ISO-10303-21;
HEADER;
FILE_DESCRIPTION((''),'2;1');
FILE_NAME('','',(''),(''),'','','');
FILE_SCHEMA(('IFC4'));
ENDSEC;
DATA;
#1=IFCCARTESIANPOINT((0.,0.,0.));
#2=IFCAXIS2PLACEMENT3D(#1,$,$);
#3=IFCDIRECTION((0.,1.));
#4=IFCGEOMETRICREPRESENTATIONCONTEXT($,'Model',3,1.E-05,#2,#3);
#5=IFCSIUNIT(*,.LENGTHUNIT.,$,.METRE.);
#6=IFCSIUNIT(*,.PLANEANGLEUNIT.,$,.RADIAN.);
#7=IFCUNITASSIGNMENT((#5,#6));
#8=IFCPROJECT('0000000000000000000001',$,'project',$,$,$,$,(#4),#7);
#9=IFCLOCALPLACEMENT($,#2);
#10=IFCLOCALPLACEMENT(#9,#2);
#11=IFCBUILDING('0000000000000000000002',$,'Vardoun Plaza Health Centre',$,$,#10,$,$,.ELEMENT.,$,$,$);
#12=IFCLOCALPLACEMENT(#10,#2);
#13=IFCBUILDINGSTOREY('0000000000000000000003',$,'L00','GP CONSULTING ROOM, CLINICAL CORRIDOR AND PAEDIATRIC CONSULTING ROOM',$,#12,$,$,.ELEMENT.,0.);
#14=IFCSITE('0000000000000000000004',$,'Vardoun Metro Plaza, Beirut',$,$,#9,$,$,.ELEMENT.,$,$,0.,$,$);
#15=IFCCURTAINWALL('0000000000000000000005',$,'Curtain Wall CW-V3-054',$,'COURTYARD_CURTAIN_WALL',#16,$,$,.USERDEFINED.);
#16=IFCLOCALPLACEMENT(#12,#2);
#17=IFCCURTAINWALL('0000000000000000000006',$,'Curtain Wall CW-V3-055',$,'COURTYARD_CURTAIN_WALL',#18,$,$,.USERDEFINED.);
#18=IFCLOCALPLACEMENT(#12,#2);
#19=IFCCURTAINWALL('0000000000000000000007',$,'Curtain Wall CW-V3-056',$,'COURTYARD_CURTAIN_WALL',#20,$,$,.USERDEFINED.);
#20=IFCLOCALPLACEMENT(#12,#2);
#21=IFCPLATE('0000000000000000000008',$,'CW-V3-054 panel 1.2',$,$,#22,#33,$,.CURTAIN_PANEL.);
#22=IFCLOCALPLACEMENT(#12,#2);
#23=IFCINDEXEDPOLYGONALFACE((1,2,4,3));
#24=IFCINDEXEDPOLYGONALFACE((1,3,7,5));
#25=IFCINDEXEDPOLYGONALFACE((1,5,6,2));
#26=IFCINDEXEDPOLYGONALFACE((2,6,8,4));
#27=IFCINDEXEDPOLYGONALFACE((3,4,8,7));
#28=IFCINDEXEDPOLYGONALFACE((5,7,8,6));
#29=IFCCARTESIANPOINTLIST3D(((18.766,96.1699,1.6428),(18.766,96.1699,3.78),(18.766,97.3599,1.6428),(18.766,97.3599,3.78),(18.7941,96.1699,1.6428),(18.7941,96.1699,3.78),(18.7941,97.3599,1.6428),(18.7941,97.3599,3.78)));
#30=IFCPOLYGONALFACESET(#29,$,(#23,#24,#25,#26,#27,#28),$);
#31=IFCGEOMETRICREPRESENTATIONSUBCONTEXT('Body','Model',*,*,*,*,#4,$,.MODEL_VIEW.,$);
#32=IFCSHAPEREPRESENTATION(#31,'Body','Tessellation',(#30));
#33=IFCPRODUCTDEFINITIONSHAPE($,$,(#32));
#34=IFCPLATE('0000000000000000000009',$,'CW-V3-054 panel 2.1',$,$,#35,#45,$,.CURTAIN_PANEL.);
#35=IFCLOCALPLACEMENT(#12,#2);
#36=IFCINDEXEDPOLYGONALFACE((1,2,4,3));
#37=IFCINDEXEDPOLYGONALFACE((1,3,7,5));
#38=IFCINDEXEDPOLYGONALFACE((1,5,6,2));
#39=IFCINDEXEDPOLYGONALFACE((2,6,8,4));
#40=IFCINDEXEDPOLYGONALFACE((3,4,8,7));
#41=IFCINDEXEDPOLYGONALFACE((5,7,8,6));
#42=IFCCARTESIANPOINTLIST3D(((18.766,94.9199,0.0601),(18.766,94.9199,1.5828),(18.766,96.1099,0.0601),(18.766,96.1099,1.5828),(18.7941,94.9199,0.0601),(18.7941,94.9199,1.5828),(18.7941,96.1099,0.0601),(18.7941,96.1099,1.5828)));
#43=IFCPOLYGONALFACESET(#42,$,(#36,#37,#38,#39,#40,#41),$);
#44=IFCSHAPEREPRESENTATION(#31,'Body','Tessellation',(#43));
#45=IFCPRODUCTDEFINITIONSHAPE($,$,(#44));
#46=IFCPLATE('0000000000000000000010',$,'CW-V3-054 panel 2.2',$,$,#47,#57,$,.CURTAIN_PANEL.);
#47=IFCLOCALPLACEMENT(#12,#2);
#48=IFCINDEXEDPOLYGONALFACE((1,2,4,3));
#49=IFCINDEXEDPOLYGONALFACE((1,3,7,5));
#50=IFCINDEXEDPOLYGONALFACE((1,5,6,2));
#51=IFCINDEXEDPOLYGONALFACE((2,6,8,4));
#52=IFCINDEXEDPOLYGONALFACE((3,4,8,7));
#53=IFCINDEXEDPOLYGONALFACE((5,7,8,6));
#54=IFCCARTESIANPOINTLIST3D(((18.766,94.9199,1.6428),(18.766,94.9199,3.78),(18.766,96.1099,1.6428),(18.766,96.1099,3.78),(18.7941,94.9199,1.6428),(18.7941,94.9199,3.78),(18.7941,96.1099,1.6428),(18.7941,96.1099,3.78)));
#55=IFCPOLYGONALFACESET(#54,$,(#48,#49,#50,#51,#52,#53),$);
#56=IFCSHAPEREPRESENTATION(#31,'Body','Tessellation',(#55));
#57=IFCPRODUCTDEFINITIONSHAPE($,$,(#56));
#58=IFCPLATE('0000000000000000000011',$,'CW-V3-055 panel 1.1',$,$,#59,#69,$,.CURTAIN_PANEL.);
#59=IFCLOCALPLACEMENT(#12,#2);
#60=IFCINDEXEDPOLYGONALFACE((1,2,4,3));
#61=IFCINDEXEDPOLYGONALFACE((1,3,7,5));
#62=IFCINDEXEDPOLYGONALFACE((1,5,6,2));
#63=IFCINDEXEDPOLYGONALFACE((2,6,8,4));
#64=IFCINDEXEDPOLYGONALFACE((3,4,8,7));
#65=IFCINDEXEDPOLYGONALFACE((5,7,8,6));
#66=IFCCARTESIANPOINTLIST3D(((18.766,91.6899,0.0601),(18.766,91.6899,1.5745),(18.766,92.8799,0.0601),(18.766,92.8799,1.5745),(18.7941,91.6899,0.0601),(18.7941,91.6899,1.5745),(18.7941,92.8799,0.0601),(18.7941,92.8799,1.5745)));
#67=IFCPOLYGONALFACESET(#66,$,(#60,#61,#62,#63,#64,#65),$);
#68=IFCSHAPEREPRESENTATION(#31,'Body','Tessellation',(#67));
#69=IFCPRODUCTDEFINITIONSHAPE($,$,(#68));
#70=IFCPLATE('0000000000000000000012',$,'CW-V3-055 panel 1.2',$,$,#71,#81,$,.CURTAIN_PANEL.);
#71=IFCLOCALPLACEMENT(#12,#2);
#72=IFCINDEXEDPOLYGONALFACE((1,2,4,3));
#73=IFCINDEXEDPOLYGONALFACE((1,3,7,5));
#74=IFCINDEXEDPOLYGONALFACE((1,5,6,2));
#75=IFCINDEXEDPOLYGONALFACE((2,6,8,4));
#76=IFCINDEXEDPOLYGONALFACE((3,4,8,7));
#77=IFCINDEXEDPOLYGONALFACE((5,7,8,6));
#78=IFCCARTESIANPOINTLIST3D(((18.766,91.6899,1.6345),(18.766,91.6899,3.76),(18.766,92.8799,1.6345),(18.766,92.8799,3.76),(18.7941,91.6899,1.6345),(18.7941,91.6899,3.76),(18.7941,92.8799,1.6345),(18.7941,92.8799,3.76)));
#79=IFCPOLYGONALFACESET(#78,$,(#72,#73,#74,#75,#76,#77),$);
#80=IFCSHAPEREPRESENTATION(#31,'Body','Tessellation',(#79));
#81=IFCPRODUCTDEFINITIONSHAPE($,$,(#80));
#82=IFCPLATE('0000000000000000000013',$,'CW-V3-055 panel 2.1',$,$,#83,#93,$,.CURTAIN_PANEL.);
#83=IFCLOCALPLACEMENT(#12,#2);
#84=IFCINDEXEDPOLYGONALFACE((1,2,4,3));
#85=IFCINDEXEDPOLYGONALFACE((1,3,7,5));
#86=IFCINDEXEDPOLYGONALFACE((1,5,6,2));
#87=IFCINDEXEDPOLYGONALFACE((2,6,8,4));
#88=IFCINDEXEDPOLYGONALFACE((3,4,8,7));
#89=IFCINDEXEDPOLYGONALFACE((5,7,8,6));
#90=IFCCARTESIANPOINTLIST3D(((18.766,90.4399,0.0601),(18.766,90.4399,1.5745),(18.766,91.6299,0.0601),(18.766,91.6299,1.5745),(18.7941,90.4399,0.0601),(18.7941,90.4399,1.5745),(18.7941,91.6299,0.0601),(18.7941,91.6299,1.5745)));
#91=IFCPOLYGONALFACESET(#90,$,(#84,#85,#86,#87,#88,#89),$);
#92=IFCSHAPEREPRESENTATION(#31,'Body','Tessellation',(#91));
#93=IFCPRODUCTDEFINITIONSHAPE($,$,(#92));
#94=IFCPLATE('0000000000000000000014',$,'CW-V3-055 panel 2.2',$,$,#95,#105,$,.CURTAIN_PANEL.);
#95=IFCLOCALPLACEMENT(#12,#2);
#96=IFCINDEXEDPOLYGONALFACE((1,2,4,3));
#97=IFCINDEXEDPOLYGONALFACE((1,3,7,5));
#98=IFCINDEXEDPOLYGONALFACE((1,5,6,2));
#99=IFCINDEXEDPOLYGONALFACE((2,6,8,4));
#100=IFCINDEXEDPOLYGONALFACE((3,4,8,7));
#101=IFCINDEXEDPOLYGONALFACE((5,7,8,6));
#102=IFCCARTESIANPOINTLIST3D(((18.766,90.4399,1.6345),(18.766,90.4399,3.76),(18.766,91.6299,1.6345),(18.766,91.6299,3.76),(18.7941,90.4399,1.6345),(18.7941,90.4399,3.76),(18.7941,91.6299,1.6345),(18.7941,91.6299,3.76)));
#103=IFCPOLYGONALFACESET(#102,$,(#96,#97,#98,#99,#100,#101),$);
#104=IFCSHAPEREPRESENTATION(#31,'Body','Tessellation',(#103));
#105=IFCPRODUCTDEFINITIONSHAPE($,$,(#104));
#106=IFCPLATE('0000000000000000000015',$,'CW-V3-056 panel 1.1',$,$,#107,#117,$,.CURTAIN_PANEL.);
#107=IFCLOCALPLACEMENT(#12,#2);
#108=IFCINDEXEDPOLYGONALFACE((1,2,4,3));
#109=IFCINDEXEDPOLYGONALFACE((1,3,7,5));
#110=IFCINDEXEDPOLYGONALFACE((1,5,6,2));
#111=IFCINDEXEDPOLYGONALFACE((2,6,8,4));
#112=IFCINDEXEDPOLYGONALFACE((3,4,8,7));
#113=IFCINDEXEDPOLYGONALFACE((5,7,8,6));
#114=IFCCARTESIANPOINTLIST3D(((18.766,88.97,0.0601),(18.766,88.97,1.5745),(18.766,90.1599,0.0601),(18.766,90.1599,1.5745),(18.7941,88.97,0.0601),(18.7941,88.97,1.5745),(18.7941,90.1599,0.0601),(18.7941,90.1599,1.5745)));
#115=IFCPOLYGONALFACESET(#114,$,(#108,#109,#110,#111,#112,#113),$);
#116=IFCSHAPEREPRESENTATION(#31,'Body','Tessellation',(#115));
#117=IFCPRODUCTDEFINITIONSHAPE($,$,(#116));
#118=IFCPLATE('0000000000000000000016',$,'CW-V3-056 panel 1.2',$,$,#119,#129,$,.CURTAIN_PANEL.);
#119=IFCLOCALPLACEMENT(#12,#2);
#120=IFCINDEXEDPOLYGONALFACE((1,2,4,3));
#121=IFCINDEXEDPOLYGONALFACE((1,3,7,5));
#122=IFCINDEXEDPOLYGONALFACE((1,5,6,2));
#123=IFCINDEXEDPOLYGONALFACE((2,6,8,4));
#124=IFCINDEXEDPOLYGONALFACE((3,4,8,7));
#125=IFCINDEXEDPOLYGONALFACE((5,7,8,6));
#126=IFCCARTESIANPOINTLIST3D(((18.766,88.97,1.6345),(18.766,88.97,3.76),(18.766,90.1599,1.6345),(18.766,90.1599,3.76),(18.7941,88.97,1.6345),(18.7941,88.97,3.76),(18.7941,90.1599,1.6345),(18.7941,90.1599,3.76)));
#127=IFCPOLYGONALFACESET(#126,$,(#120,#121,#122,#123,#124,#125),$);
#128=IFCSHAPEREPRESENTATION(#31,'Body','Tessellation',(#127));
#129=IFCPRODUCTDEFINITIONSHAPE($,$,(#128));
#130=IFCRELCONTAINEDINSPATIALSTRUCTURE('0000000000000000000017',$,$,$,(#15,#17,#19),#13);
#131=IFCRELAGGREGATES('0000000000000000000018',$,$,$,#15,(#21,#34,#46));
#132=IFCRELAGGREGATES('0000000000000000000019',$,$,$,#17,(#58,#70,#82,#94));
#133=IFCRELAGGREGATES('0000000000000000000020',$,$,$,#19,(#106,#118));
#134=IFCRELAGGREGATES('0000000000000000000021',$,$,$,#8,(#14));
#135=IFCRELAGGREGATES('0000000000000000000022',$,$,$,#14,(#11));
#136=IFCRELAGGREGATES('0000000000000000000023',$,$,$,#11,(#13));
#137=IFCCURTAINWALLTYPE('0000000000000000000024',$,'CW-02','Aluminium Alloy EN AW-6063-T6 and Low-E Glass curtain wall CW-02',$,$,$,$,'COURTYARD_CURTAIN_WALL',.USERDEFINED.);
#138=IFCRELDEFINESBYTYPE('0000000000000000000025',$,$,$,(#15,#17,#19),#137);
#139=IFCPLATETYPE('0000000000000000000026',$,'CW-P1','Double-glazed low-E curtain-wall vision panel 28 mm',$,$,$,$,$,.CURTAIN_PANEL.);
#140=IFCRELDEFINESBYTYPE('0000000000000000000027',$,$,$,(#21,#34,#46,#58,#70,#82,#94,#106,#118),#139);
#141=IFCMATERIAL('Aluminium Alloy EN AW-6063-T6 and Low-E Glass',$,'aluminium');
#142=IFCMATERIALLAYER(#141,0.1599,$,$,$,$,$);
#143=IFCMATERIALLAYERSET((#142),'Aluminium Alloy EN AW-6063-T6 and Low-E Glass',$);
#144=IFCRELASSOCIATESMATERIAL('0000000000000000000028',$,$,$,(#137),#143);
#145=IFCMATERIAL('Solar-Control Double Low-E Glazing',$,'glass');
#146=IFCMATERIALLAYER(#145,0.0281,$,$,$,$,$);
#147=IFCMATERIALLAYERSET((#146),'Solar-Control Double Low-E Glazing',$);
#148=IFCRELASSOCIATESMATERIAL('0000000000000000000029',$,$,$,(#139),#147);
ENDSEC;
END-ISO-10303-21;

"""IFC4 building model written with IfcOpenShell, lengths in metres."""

from ifc_helpers import new_model, si_unit, direction, frame, origin, origin_2d, place, context, subcontext, project, spatial, rectangle, extrude, material, layer, layer_set, type_object, element, aggregate, save


model = new_model("IFC4")

# Units and contexts
model_context = context("Model", 3, precision=1e-05, world=origin(), true_north=direction((0.0, 1.0)))
body_context = subcontext(model_context, "Body", "Model", "MODEL_VIEW")
ifc_project = project(units=[si_unit("LENGTHUNIT", "METRE"), si_unit("PLANEANGLEUNIT", "RADIAN")], contexts=[model_context])

# Site, building, storey
site_placement = place(None, origin())
site = spatial("IfcSite", under=ifc_project, at=site_placement, Name="Vardoun Metro Plaza, Beirut", CompositionType="ELEMENT", RefElevation=0.0)
building_placement = place(site_placement, origin())
building = spatial("IfcBuilding", under=site, at=building_placement, Name="Vardoun Plaza Health Centre", CompositionType="ELEMENT")
storey_placement = place(building_placement, origin())
storey = spatial("IfcBuildingStorey", under=building, at=storey_placement, Name="L00", Description="GP CONSULTING ROOM, CLINICAL CORRIDOR AND PAEDIATRIC CONSULTING ROOM", CompositionType="ELEMENT", Elevation=0.0)

# Shared definitions
ifc_material_1 = material(Name="Aluminium Alloy EN AW-6063-T6 and Low-E Glass", Category="aluminium")
ifc_layer_1 = layer(ifc_material_1, 0.1599)
ifc_layer_set_1 = layer_set([ifc_layer_1], Name="Aluminium Alloy EN AW-6063-T6 and Low-E Glass")
curtain_wall_type = type_object("IfcCurtainWallType", Name="CW-02", Description="Aluminium Alloy EN AW-6063-T6 and Low-E Glass curtain wall CW-02", ElementType="COURTYARD_CURTAIN_WALL", PredefinedType="USERDEFINED", material=ifc_layer_set_1)

# Curtain walls
curtain_wall_1_placement = place(storey_placement, origin())
curtain_wall_1 = element("IfcCurtainWall", 1, at=curtain_wall_1_placement, inside=storey, type_object=curtain_wall_type, Name="Curtain Wall CW-V3-054", ObjectType="COURTYARD_CURTAIN_WALL", PredefinedType="USERDEFINED")
curtain_wall_2_placement = place(storey_placement, origin())
curtain_wall_2 = element("IfcCurtainWall", 2, at=curtain_wall_2_placement, inside=storey, type_object=curtain_wall_type, Name="Curtain Wall CW-V3-055", ObjectType="COURTYARD_CURTAIN_WALL", PredefinedType="USERDEFINED")

# Curtain wall
curtain_wall_3_placement = place(storey_placement, origin())
curtain_wall_3 = element("IfcCurtainWall", 3, at=curtain_wall_3_placement, inside=storey, type_object=curtain_wall_type, Name="Curtain Wall CW-V3-056", ObjectType="COURTYARD_CURTAIN_WALL", PredefinedType="USERDEFINED")

# Plates
ifc_material_2 = material(Name="Solar-Control Double Low-E Glazing", Category="glass")
ifc_layer_2 = layer(ifc_material_2, 0.0281)
ifc_layer_set_2 = layer_set([ifc_layer_2], Name="Solar-Control Double Low-E Glazing")
plate_type = type_object("IfcPlateType", Name="CW-P1", Description="Double-glazed low-E curtain-wall vision panel 28 mm", PredefinedType="CURTAIN_PANEL", material=ifc_layer_set_2)
plate_1_placement = place(storey_placement, frame((18.78, 96.7649, 1.6428), z_axis=(0.0, 0.0, 1.0), x_axis=(0.0, -1.0, 0.0)))
plate_1 = element("IfcPlate", 4, at=plate_1_placement, type_object=plate_type, Name="CW-V3-054 panel 1.2", PredefinedType="CURTAIN_PANEL", context=body_context, shape_type="SweptSolid", body=[
    extrude(rectangle(XDim=1.1899, YDim=0.0281, at=origin_2d()), origin(), (0.0, 0.0, 1.0), 2.1372),
])
plate_2_placement = place(storey_placement, frame((18.78, 95.5149, 0.0601), z_axis=(0.0, 0.0, 1.0), x_axis=(0.0, -1.0, 0.0)))
plate_2 = element("IfcPlate", 5, at=plate_2_placement, type_object=plate_type, Name="CW-V3-054 panel 2.1", PredefinedType="CURTAIN_PANEL", context=body_context, shape_type="SweptSolid", body=[
    extrude(rectangle(XDim=1.1899, YDim=0.0281, at=origin_2d()), origin(), (0.0, 0.0, 1.0), 1.5227),
])
plate_3_placement = place(storey_placement, frame((18.78, 95.5149, 1.6428), z_axis=(0.0, 0.0, 1.0), x_axis=(0.0, -1.0, 0.0)))
plate_3 = element("IfcPlate", 6, at=plate_3_placement, type_object=plate_type, Name="CW-V3-054 panel 2.2", PredefinedType="CURTAIN_PANEL", context=body_context, shape_type="SweptSolid", body=[
    extrude(rectangle(XDim=1.1899, YDim=0.0281, at=origin_2d()), origin(), (0.0, 0.0, 1.0), 2.1372),
])
aggregate(curtain_wall_1, [plate_1, plate_2, plate_3])
plate_4_placement = place(storey_placement, frame((18.78, 92.2849, 0.0601), z_axis=(0.0, 0.0, 1.0), x_axis=(0.0, -1.0, 0.0)))
plate_4 = element("IfcPlate", 7, at=plate_4_placement, type_object=plate_type, Name="CW-V3-055 panel 1.1", PredefinedType="CURTAIN_PANEL", context=body_context, shape_type="SweptSolid", body=[
    extrude(rectangle(XDim=1.1899, YDim=0.0281, at=origin_2d()), origin(), (0.0, 0.0, 1.0), 1.5144),
])
plate_5_placement = place(storey_placement, frame((18.78, 92.2849, 1.6345), z_axis=(0.0, 0.0, 1.0), x_axis=(0.0, -1.0, 0.0)))
plate_5 = element("IfcPlate", 8, at=plate_5_placement, type_object=plate_type, Name="CW-V3-055 panel 1.2", PredefinedType="CURTAIN_PANEL", context=body_context, shape_type="SweptSolid", body=[
    extrude(rectangle(XDim=1.1899, YDim=0.0281, at=origin_2d()), origin(), (0.0, 0.0, 1.0), 2.1255),
])
plate_6_placement = place(storey_placement, frame((18.78, 91.0349, 0.0601), z_axis=(0.0, 0.0, 1.0), x_axis=(0.0, -1.0, 0.0)))
plate_6 = element("IfcPlate", 9, at=plate_6_placement, type_object=plate_type, Name="CW-V3-055 panel 2.1", PredefinedType="CURTAIN_PANEL", context=body_context, shape_type="SweptSolid", body=[
    extrude(rectangle(XDim=1.1899, YDim=0.0281, at=origin_2d()), origin(), (0.0, 0.0, 1.0), 1.5144),
])
plate_7_placement = place(storey_placement, frame((18.78, 91.0349, 1.6345), z_axis=(0.0, 0.0, 1.0), x_axis=(0.0, -1.0, 0.0)))
plate_7 = element("IfcPlate", 10, at=plate_7_placement, type_object=plate_type, Name="CW-V3-055 panel 2.2", PredefinedType="CURTAIN_PANEL", context=body_context, shape_type="SweptSolid", body=[
    extrude(rectangle(XDim=1.1899, YDim=0.0281, at=origin_2d()), origin(), (0.0, 0.0, 1.0), 2.1255),
])
aggregate(curtain_wall_2, [plate_4, plate_5, plate_6, plate_7])
plate_8_placement = place(storey_placement, frame((18.78, 89.5649, 0.0601), z_axis=(0.0, 0.0, 1.0), x_axis=(0.0, -1.0, 0.0)))
plate_8 = element("IfcPlate", 11, at=plate_8_placement, type_object=plate_type, Name="CW-V3-056 panel 1.1", PredefinedType="CURTAIN_PANEL", context=body_context, shape_type="SweptSolid", body=[
    extrude(rectangle(XDim=1.1899, YDim=0.0281, at=origin_2d()), origin(), (0.0, 0.0, 1.0), 1.5144),
])
plate_9_placement = place(storey_placement, frame((18.78, 89.5649, 1.6345), z_axis=(0.0, 0.0, 1.0), x_axis=(0.0, -1.0, 0.0)))
plate_9 = element("IfcPlate", 12, at=plate_9_placement, type_object=plate_type, Name="CW-V3-056 panel 1.2", PredefinedType="CURTAIN_PANEL", context=body_context, shape_type="SweptSolid", body=[
    extrude(rectangle(XDim=1.1899, YDim=0.0281, at=origin_2d()), origin(), (0.0, 0.0, 1.0), 2.1255),
])
aggregate(curtain_wall_3, [plate_8, plate_9])

save(model, "model.ifc")
